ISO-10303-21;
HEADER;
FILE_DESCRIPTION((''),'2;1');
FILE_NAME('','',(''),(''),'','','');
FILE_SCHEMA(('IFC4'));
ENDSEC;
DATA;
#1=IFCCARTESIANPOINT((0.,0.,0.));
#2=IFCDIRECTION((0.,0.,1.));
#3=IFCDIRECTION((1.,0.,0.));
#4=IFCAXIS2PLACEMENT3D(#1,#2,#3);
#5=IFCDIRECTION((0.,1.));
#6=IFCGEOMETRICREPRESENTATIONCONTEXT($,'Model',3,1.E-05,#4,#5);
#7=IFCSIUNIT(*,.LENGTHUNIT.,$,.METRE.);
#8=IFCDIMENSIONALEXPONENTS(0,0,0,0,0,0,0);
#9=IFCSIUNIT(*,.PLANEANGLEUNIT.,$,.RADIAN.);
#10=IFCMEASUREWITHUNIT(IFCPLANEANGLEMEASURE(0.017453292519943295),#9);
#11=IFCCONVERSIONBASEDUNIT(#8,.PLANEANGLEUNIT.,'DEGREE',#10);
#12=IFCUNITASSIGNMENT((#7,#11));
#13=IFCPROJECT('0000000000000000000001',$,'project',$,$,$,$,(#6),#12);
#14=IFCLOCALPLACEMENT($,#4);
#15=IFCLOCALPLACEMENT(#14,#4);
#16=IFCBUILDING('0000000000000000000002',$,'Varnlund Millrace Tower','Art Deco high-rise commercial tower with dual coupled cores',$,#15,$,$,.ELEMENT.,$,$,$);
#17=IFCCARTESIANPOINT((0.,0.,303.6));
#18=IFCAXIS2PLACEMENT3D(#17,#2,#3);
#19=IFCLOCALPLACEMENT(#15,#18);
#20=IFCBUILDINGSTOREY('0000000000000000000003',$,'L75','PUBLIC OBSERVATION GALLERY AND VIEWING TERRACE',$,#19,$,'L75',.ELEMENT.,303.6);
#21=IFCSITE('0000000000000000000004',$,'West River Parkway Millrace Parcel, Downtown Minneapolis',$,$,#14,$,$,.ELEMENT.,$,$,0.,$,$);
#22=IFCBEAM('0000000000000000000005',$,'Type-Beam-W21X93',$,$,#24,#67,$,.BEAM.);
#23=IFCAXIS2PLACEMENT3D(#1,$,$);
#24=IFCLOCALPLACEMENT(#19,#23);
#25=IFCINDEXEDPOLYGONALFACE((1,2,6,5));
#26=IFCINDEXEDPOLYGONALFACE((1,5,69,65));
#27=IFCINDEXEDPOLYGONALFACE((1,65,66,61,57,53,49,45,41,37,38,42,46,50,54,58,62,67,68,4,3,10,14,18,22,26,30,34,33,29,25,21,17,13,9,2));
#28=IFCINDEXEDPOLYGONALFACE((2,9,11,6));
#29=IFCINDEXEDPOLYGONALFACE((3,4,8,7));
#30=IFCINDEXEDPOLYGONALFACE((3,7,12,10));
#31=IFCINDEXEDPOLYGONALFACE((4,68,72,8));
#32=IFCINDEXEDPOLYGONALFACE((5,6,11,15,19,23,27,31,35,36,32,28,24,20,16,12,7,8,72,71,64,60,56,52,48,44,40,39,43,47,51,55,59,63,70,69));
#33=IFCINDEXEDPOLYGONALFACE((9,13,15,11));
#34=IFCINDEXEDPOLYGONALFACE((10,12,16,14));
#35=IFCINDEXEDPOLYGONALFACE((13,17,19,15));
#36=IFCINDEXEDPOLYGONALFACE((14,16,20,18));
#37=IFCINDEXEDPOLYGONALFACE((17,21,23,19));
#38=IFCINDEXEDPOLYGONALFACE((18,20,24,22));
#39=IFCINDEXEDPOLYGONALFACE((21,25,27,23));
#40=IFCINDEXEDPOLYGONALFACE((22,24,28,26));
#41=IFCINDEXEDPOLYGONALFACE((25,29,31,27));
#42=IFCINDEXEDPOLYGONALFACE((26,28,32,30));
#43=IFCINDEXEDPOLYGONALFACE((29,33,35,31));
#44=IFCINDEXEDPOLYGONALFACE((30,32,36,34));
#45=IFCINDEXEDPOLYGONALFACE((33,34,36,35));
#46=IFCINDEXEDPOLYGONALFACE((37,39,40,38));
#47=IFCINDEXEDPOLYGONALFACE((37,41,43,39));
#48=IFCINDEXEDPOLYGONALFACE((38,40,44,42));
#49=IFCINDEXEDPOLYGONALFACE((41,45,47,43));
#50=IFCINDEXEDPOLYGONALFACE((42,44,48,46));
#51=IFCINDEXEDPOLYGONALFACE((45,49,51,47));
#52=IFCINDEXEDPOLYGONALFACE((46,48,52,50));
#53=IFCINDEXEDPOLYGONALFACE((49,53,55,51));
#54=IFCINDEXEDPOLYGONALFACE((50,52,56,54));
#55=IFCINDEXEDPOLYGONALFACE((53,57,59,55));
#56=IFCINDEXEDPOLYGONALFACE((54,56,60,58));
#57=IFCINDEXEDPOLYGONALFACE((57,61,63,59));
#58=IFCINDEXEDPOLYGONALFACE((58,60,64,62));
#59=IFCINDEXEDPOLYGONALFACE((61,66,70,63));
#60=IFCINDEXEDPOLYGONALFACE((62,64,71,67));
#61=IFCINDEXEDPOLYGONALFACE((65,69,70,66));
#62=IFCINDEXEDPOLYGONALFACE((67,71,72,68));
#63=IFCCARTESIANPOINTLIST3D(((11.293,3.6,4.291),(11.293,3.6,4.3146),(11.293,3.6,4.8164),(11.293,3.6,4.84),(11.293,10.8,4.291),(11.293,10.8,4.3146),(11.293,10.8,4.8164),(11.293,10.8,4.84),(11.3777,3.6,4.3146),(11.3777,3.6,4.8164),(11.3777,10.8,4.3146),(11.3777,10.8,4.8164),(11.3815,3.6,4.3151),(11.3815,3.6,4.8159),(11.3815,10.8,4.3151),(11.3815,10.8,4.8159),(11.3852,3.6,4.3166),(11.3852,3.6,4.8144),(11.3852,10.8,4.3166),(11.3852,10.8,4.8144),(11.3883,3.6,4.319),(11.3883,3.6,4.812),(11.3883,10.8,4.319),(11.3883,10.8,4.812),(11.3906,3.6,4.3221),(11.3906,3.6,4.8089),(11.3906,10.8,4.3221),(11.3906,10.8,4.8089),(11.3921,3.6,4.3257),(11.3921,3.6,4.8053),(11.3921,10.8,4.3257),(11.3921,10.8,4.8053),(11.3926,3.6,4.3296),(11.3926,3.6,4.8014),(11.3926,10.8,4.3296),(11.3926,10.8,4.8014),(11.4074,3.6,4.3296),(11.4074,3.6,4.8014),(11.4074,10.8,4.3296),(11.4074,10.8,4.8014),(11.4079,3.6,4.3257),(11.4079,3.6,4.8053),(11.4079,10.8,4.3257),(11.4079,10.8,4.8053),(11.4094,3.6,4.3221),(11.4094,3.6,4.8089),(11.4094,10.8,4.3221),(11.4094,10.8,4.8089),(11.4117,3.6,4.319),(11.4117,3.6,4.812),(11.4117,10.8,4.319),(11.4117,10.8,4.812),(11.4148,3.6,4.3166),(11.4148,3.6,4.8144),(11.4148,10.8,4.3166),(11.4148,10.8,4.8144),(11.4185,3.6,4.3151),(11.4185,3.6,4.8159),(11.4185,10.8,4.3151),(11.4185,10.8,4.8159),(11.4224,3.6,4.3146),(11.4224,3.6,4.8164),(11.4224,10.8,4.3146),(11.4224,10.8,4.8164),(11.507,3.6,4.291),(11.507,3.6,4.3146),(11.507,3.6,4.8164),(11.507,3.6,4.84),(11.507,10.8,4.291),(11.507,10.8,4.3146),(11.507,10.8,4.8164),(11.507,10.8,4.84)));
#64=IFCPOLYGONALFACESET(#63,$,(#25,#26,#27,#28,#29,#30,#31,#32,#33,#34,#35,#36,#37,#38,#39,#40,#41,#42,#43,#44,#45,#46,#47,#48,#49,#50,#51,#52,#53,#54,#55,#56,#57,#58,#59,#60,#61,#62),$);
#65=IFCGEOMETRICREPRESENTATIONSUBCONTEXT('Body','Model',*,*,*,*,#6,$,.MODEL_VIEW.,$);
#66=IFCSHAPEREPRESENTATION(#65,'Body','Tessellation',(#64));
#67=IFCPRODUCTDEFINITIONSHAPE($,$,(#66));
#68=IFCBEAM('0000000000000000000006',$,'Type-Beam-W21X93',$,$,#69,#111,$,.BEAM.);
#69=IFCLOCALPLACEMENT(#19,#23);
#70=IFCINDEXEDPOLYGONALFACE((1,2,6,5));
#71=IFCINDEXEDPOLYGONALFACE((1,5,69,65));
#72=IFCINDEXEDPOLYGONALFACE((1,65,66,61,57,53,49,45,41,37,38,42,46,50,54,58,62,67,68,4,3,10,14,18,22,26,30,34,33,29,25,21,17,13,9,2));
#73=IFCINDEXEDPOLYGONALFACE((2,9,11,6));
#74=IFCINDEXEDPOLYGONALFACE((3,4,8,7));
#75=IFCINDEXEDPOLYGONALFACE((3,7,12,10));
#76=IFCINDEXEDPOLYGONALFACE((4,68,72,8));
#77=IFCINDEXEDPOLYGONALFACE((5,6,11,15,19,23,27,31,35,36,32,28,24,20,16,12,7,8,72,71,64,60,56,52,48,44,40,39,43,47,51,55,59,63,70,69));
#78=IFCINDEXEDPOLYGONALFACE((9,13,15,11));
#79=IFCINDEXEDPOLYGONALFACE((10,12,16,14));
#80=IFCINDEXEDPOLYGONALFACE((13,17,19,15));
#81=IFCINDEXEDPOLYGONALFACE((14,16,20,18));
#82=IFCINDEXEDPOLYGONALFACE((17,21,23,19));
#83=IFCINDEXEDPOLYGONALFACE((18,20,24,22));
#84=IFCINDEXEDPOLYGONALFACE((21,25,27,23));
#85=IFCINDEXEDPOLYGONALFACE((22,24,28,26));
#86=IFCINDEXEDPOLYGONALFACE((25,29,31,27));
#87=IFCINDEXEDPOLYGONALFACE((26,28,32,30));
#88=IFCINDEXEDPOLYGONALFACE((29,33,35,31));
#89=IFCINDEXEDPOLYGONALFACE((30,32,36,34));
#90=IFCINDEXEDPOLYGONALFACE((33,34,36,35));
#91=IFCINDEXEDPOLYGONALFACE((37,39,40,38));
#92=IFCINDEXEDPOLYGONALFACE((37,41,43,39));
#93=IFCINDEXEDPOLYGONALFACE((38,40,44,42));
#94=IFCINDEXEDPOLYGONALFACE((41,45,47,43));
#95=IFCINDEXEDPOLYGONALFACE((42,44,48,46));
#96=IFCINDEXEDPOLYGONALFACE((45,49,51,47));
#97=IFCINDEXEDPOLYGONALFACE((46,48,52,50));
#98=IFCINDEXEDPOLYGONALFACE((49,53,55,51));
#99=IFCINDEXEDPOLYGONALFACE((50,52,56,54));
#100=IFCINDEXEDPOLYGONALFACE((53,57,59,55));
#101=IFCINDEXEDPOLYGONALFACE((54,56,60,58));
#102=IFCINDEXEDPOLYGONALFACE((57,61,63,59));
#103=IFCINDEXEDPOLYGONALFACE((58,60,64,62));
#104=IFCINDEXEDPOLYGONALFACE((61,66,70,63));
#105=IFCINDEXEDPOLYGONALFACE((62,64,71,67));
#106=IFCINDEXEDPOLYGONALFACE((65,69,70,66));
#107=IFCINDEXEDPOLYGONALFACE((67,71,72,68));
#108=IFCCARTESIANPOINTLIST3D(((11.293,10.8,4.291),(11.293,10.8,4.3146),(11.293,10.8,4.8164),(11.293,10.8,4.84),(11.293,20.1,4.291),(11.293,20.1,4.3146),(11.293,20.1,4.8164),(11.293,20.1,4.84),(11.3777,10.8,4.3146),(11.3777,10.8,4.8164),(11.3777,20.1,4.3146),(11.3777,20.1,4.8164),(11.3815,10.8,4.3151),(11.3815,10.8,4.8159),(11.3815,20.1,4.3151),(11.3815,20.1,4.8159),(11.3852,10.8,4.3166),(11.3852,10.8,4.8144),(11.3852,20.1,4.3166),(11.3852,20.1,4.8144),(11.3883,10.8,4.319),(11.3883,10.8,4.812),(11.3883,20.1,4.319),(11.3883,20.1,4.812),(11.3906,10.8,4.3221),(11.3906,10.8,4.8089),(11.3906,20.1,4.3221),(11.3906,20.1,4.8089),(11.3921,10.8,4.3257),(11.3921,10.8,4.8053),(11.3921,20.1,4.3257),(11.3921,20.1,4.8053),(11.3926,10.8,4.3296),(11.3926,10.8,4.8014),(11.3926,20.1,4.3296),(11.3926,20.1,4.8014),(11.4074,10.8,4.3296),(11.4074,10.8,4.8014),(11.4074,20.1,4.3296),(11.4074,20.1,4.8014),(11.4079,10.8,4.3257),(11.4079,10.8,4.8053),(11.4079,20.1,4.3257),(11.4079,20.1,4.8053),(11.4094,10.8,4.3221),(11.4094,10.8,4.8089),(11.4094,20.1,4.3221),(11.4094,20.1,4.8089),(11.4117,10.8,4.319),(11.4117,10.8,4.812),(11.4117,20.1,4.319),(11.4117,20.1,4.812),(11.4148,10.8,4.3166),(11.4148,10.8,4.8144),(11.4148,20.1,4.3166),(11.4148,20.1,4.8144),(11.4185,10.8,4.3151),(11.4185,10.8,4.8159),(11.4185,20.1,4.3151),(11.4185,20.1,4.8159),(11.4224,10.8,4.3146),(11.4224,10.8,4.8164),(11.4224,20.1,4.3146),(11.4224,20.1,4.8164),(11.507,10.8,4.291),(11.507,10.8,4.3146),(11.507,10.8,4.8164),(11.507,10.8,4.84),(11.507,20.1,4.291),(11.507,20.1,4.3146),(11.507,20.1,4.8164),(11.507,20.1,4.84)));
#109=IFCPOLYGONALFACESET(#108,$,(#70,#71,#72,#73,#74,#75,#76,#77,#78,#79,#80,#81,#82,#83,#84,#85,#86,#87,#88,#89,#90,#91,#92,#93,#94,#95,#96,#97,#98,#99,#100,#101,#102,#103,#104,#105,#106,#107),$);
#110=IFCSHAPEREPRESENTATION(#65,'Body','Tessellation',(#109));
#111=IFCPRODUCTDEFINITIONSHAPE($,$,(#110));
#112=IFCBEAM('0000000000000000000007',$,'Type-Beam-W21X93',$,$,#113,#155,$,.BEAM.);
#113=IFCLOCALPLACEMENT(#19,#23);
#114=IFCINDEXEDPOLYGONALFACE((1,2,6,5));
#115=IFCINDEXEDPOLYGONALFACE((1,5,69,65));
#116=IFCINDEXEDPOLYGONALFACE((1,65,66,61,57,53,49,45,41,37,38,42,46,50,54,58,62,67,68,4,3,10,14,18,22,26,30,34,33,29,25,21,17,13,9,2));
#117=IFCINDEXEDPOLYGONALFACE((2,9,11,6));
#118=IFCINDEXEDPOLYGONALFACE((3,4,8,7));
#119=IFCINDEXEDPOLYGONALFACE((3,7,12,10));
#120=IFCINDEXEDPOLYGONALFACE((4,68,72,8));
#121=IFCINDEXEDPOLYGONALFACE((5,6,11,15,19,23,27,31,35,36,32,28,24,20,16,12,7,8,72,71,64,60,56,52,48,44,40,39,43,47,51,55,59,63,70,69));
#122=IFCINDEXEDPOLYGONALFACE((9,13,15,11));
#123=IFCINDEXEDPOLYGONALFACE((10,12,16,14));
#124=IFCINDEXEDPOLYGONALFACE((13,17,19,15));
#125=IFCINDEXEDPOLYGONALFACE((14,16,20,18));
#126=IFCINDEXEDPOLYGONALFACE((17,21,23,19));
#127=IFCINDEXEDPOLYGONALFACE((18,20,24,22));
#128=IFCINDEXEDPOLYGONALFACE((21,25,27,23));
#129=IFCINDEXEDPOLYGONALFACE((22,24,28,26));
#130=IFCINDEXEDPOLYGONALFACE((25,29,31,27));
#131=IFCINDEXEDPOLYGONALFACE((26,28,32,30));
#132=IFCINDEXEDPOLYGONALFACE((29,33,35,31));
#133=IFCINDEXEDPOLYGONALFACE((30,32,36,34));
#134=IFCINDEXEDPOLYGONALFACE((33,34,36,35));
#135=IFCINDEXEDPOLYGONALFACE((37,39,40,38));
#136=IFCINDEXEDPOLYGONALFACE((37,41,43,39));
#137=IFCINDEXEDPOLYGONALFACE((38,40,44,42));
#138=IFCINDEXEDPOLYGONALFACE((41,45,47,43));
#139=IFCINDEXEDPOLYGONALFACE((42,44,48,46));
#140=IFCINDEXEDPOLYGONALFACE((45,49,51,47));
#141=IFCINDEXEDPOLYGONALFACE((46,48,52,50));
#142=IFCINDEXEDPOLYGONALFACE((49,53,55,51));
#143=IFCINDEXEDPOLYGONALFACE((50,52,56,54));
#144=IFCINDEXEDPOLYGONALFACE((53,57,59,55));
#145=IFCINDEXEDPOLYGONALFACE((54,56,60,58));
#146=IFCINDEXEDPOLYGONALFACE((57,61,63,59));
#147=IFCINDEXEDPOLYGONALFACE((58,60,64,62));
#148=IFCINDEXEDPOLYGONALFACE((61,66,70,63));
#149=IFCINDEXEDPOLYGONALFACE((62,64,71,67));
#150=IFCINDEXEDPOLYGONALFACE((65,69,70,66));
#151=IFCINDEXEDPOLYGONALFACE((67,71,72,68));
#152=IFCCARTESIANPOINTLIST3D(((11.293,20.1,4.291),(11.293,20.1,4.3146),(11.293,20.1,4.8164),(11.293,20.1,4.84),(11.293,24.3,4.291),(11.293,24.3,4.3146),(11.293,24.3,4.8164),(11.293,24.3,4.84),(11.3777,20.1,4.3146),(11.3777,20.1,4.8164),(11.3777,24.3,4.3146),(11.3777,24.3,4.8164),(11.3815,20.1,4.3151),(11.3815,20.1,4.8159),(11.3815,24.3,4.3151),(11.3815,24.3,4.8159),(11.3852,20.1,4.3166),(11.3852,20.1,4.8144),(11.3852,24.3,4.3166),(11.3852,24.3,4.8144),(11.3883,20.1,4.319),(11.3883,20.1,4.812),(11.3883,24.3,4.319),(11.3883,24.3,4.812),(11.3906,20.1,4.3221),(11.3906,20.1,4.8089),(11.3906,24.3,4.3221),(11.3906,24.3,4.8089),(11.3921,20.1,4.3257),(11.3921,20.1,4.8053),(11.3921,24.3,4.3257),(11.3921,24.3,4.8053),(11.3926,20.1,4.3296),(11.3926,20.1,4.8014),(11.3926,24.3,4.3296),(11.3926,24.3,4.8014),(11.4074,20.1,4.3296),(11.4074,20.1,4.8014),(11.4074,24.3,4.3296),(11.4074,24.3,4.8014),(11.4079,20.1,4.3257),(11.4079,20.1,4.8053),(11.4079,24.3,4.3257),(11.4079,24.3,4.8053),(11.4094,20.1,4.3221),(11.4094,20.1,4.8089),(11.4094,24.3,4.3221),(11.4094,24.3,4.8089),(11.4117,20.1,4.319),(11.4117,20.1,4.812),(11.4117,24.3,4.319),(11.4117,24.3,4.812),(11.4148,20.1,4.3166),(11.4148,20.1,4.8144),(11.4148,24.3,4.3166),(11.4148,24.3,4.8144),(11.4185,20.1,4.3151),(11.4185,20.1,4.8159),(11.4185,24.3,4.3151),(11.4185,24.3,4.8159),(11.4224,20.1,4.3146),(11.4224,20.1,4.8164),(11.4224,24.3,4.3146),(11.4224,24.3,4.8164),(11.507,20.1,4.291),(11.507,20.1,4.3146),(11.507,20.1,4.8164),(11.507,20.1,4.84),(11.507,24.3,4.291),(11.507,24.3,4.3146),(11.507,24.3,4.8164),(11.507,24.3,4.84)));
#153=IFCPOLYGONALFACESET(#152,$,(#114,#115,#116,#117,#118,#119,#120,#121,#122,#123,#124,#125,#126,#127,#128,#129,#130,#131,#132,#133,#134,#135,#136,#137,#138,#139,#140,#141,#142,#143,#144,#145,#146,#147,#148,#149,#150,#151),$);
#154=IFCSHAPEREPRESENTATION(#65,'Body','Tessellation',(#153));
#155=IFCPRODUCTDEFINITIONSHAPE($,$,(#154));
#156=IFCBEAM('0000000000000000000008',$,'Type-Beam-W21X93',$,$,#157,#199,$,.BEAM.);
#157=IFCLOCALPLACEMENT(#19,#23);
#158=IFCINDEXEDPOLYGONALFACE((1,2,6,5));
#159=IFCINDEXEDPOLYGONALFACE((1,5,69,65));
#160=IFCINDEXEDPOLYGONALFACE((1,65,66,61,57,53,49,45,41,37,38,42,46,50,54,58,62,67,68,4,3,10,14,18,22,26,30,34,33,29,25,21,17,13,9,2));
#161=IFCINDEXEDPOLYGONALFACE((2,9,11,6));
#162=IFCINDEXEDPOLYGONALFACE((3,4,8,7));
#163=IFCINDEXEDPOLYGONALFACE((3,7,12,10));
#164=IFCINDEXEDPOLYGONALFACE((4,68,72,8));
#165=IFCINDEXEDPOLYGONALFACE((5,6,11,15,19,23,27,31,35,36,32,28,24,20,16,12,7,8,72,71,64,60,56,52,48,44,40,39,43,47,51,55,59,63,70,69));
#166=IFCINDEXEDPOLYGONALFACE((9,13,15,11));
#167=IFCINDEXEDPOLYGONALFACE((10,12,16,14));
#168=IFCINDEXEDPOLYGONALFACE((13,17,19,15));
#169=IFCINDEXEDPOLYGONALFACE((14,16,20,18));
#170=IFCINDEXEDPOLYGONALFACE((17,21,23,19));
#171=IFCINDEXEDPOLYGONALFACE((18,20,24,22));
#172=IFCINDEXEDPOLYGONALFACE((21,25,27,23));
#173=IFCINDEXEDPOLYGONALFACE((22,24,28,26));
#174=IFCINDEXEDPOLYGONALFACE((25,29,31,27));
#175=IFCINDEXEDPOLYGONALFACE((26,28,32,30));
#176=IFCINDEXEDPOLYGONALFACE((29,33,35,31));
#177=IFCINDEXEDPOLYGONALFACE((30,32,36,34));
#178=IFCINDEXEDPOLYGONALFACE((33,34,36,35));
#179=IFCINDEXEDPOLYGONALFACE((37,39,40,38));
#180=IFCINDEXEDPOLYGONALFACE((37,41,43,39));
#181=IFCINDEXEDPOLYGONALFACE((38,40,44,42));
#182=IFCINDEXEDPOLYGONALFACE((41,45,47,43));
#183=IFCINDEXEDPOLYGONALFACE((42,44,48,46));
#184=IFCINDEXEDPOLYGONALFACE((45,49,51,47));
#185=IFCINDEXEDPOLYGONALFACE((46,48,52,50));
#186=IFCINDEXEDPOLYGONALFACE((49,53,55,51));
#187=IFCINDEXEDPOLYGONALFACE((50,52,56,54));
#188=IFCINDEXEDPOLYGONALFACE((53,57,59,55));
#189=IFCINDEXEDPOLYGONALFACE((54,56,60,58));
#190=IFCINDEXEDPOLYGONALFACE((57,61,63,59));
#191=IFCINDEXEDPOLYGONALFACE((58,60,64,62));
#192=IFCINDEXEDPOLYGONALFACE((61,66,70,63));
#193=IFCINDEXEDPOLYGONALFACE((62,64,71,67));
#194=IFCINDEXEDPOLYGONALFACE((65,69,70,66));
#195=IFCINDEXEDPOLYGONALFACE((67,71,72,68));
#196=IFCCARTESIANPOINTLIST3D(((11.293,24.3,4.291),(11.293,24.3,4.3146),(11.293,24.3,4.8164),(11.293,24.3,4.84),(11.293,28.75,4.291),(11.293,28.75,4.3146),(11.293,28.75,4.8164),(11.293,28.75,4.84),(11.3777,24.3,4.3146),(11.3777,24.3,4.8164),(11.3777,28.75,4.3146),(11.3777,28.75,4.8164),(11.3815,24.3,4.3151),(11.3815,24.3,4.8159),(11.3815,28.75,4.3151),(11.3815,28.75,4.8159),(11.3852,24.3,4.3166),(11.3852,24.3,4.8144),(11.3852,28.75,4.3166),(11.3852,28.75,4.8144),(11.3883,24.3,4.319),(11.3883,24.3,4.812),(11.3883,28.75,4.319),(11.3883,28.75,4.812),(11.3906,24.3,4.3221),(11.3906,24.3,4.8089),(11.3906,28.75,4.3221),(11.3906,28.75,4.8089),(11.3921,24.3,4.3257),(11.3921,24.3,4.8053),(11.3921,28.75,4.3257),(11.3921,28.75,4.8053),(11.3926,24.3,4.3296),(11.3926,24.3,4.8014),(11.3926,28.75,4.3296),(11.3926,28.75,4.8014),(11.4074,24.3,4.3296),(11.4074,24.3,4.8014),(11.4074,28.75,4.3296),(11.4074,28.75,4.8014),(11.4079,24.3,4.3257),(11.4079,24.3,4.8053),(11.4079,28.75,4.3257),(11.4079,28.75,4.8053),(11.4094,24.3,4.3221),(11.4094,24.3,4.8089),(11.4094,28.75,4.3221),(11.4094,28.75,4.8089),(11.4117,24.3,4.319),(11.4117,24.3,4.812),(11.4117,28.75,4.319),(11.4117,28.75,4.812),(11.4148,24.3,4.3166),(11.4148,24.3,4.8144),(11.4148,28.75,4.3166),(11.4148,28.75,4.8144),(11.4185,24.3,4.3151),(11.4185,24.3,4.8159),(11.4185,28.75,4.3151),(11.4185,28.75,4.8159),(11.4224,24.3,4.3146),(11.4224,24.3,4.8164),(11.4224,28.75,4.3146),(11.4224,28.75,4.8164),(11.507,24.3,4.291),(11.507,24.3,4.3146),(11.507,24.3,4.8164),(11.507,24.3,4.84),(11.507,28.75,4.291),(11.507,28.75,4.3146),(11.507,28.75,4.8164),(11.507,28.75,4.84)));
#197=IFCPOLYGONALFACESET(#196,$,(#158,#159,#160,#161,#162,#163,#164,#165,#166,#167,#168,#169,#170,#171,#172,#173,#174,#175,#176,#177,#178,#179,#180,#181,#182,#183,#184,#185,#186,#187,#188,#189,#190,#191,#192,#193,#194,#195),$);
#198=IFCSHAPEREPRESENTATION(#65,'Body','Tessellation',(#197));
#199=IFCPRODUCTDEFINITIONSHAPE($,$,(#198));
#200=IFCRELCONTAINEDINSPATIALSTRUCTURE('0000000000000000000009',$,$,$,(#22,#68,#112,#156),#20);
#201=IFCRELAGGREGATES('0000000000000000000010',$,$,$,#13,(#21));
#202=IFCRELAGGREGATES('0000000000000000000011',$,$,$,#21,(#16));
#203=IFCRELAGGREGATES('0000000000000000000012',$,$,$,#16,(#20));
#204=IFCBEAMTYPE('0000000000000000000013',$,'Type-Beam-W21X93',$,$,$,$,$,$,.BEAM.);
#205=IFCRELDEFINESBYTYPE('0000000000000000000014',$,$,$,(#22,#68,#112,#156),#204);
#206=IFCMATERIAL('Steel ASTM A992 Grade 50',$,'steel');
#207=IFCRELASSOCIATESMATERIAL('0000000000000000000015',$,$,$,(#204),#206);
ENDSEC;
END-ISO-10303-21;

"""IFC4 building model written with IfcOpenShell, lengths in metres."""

from ifc_helpers import new_model, entity, si_unit, converted_unit, direction, frame, origin_with_axes, origin_2d_with_axis, place, context, subcontext, project, spatial, i_section, extrude, material, material_profile, profile_set, type_object, element, save


model = new_model("IFC4")

# Units and contexts
model_context = context("Model", 3, precision=1e-05, world=origin_with_axes(), true_north=direction((0.0, 1.0)))
body_context = subcontext(model_context, "Body", "Model", "MODEL_VIEW")
ifc_project = project(units=[si_unit("LENGTHUNIT", "METRE"), converted_unit("PLANEANGLEUNIT", "DEGREE", entity("IfcPlaneAngleMeasure", 0.017453292519943295), si_unit("PLANEANGLEUNIT", "RADIAN"), dimensions=[0, 0, 0, 0, 0, 0, 0])], contexts=[model_context])

# Site, building, storey
site_placement = place(None, origin_with_axes())
site = spatial("IfcSite", under=ifc_project, at=site_placement, Name="West River Parkway Millrace Parcel, Downtown Minneapolis", CompositionType="ELEMENT", RefElevation=0.0)
building_placement = place(site_placement, origin_with_axes())
building = spatial("IfcBuilding", under=site, at=building_placement, Name="Varnlund Millrace Tower", Description="Art Deco high-rise commercial tower with dual coupled cores", CompositionType="ELEMENT")
storey_placement = place(building_placement, frame((0.0, 0.0, 303.6), z_axis=(0.0, 0.0, 1.0), x_axis=(1.0, 0.0, 0.0)))
storey = spatial("IfcBuildingStorey", under=building, at=storey_placement, Name="L75", Description="PUBLIC OBSERVATION GALLERY AND VIEWING TERRACE", LongName="L75", CompositionType="ELEMENT", Elevation=303.6)

# Beams
ifc_material_1 = material(Name="Steel ASTM A992 Grade 50", Category="steel")
ifc_material_profile_1 = material_profile(ifc_material_1, i_section(OverallWidth=0.214, OverallDepth=0.549, WebThickness=0.0147, FlangeThickness=0.0236, FilletRadius=0.015, at=origin_2d_with_axis()), Name="Steel ASTM A992 Grade 50")
ifc_profile_set_1 = profile_set([ifc_material_profile_1], Name="Steel ASTM A992 Grade 50")
beam_type_1 = type_object("IfcBeamType", Name="Type-Beam-W21X93", PredefinedType="BEAM", material=ifc_profile_set_1)
beam_1_placement = place(storey_placement, frame((11.4, 3.6, 4.5655), z_axis=(0.0, 1.0, 0.0), x_axis=(-1.0, 0.0, 0.0)))
element("IfcBeam", 1, at=beam_1_placement, inside=storey, type_object=beam_type_1, Name="Type-Beam-W21X93", PredefinedType="BEAM", context=body_context, shape_type="SweptSolid", body=[
    extrude(i_section(OverallWidth=0.214, OverallDepth=0.549, WebThickness=0.0147, FlangeThickness=0.0236, FilletRadius=0.015, at=origin_2d_with_axis()), origin_with_axes(), (0.0, 0.0, 1.0), 7.2),
])
beam_2_placement = place(storey_placement, frame((11.4, 10.8, 4.5655), z_axis=(0.0, 1.0, 0.0), x_axis=(-1.0, 0.0, 0.0)))
element("IfcBeam", 2, at=beam_2_placement, inside=storey, type_object=beam_type_1, Name="Type-Beam-W21X93", PredefinedType="BEAM", context=body_context, shape_type="SweptSolid", body=[
    extrude(i_section(OverallWidth=0.214, OverallDepth=0.549, WebThickness=0.0147, FlangeThickness=0.0236, FilletRadius=0.015, at=origin_2d_with_axis()), origin_with_axes(), (0.0, 0.0, 1.0), 9.3),
])
beam_3_placement = place(storey_placement, frame((11.4, 20.1, 4.5655), z_axis=(0.0, 1.0, 0.0), x_axis=(-1.0, 0.0, 0.0)))
element("IfcBeam", 3, at=beam_3_placement, inside=storey, type_object=beam_type_1, Name="Type-Beam-W21X93", PredefinedType="BEAM", context=body_context, shape_type="SweptSolid", body=[
    extrude(i_section(OverallWidth=0.214, OverallDepth=0.549, WebThickness=0.0147, FlangeThickness=0.0236, FilletRadius=0.015, at=origin_2d_with_axis()), origin_with_axes(), (0.0, 0.0, 1.0), 4.2),
])
beam_4_placement = place(storey_placement, frame((11.4, 24.3, 4.5655), z_axis=(0.0, 1.0, 0.0), x_axis=(-1.0, 0.0, 0.0)))
element("IfcBeam", 4, at=beam_4_placement, inside=storey, type_object=beam_type_1, Name="Type-Beam-W21X93", PredefinedType="BEAM", context=body_context, shape_type="SweptSolid", body=[
    extrude(i_section(OverallWidth=0.214, OverallDepth=0.549, WebThickness=0.0147, FlangeThickness=0.0236, FilletRadius=0.015, at=origin_2d_with_axis()), origin_with_axes(), (0.0, 0.0, 1.0), 4.45),
])

save(model, "model.ifc")
